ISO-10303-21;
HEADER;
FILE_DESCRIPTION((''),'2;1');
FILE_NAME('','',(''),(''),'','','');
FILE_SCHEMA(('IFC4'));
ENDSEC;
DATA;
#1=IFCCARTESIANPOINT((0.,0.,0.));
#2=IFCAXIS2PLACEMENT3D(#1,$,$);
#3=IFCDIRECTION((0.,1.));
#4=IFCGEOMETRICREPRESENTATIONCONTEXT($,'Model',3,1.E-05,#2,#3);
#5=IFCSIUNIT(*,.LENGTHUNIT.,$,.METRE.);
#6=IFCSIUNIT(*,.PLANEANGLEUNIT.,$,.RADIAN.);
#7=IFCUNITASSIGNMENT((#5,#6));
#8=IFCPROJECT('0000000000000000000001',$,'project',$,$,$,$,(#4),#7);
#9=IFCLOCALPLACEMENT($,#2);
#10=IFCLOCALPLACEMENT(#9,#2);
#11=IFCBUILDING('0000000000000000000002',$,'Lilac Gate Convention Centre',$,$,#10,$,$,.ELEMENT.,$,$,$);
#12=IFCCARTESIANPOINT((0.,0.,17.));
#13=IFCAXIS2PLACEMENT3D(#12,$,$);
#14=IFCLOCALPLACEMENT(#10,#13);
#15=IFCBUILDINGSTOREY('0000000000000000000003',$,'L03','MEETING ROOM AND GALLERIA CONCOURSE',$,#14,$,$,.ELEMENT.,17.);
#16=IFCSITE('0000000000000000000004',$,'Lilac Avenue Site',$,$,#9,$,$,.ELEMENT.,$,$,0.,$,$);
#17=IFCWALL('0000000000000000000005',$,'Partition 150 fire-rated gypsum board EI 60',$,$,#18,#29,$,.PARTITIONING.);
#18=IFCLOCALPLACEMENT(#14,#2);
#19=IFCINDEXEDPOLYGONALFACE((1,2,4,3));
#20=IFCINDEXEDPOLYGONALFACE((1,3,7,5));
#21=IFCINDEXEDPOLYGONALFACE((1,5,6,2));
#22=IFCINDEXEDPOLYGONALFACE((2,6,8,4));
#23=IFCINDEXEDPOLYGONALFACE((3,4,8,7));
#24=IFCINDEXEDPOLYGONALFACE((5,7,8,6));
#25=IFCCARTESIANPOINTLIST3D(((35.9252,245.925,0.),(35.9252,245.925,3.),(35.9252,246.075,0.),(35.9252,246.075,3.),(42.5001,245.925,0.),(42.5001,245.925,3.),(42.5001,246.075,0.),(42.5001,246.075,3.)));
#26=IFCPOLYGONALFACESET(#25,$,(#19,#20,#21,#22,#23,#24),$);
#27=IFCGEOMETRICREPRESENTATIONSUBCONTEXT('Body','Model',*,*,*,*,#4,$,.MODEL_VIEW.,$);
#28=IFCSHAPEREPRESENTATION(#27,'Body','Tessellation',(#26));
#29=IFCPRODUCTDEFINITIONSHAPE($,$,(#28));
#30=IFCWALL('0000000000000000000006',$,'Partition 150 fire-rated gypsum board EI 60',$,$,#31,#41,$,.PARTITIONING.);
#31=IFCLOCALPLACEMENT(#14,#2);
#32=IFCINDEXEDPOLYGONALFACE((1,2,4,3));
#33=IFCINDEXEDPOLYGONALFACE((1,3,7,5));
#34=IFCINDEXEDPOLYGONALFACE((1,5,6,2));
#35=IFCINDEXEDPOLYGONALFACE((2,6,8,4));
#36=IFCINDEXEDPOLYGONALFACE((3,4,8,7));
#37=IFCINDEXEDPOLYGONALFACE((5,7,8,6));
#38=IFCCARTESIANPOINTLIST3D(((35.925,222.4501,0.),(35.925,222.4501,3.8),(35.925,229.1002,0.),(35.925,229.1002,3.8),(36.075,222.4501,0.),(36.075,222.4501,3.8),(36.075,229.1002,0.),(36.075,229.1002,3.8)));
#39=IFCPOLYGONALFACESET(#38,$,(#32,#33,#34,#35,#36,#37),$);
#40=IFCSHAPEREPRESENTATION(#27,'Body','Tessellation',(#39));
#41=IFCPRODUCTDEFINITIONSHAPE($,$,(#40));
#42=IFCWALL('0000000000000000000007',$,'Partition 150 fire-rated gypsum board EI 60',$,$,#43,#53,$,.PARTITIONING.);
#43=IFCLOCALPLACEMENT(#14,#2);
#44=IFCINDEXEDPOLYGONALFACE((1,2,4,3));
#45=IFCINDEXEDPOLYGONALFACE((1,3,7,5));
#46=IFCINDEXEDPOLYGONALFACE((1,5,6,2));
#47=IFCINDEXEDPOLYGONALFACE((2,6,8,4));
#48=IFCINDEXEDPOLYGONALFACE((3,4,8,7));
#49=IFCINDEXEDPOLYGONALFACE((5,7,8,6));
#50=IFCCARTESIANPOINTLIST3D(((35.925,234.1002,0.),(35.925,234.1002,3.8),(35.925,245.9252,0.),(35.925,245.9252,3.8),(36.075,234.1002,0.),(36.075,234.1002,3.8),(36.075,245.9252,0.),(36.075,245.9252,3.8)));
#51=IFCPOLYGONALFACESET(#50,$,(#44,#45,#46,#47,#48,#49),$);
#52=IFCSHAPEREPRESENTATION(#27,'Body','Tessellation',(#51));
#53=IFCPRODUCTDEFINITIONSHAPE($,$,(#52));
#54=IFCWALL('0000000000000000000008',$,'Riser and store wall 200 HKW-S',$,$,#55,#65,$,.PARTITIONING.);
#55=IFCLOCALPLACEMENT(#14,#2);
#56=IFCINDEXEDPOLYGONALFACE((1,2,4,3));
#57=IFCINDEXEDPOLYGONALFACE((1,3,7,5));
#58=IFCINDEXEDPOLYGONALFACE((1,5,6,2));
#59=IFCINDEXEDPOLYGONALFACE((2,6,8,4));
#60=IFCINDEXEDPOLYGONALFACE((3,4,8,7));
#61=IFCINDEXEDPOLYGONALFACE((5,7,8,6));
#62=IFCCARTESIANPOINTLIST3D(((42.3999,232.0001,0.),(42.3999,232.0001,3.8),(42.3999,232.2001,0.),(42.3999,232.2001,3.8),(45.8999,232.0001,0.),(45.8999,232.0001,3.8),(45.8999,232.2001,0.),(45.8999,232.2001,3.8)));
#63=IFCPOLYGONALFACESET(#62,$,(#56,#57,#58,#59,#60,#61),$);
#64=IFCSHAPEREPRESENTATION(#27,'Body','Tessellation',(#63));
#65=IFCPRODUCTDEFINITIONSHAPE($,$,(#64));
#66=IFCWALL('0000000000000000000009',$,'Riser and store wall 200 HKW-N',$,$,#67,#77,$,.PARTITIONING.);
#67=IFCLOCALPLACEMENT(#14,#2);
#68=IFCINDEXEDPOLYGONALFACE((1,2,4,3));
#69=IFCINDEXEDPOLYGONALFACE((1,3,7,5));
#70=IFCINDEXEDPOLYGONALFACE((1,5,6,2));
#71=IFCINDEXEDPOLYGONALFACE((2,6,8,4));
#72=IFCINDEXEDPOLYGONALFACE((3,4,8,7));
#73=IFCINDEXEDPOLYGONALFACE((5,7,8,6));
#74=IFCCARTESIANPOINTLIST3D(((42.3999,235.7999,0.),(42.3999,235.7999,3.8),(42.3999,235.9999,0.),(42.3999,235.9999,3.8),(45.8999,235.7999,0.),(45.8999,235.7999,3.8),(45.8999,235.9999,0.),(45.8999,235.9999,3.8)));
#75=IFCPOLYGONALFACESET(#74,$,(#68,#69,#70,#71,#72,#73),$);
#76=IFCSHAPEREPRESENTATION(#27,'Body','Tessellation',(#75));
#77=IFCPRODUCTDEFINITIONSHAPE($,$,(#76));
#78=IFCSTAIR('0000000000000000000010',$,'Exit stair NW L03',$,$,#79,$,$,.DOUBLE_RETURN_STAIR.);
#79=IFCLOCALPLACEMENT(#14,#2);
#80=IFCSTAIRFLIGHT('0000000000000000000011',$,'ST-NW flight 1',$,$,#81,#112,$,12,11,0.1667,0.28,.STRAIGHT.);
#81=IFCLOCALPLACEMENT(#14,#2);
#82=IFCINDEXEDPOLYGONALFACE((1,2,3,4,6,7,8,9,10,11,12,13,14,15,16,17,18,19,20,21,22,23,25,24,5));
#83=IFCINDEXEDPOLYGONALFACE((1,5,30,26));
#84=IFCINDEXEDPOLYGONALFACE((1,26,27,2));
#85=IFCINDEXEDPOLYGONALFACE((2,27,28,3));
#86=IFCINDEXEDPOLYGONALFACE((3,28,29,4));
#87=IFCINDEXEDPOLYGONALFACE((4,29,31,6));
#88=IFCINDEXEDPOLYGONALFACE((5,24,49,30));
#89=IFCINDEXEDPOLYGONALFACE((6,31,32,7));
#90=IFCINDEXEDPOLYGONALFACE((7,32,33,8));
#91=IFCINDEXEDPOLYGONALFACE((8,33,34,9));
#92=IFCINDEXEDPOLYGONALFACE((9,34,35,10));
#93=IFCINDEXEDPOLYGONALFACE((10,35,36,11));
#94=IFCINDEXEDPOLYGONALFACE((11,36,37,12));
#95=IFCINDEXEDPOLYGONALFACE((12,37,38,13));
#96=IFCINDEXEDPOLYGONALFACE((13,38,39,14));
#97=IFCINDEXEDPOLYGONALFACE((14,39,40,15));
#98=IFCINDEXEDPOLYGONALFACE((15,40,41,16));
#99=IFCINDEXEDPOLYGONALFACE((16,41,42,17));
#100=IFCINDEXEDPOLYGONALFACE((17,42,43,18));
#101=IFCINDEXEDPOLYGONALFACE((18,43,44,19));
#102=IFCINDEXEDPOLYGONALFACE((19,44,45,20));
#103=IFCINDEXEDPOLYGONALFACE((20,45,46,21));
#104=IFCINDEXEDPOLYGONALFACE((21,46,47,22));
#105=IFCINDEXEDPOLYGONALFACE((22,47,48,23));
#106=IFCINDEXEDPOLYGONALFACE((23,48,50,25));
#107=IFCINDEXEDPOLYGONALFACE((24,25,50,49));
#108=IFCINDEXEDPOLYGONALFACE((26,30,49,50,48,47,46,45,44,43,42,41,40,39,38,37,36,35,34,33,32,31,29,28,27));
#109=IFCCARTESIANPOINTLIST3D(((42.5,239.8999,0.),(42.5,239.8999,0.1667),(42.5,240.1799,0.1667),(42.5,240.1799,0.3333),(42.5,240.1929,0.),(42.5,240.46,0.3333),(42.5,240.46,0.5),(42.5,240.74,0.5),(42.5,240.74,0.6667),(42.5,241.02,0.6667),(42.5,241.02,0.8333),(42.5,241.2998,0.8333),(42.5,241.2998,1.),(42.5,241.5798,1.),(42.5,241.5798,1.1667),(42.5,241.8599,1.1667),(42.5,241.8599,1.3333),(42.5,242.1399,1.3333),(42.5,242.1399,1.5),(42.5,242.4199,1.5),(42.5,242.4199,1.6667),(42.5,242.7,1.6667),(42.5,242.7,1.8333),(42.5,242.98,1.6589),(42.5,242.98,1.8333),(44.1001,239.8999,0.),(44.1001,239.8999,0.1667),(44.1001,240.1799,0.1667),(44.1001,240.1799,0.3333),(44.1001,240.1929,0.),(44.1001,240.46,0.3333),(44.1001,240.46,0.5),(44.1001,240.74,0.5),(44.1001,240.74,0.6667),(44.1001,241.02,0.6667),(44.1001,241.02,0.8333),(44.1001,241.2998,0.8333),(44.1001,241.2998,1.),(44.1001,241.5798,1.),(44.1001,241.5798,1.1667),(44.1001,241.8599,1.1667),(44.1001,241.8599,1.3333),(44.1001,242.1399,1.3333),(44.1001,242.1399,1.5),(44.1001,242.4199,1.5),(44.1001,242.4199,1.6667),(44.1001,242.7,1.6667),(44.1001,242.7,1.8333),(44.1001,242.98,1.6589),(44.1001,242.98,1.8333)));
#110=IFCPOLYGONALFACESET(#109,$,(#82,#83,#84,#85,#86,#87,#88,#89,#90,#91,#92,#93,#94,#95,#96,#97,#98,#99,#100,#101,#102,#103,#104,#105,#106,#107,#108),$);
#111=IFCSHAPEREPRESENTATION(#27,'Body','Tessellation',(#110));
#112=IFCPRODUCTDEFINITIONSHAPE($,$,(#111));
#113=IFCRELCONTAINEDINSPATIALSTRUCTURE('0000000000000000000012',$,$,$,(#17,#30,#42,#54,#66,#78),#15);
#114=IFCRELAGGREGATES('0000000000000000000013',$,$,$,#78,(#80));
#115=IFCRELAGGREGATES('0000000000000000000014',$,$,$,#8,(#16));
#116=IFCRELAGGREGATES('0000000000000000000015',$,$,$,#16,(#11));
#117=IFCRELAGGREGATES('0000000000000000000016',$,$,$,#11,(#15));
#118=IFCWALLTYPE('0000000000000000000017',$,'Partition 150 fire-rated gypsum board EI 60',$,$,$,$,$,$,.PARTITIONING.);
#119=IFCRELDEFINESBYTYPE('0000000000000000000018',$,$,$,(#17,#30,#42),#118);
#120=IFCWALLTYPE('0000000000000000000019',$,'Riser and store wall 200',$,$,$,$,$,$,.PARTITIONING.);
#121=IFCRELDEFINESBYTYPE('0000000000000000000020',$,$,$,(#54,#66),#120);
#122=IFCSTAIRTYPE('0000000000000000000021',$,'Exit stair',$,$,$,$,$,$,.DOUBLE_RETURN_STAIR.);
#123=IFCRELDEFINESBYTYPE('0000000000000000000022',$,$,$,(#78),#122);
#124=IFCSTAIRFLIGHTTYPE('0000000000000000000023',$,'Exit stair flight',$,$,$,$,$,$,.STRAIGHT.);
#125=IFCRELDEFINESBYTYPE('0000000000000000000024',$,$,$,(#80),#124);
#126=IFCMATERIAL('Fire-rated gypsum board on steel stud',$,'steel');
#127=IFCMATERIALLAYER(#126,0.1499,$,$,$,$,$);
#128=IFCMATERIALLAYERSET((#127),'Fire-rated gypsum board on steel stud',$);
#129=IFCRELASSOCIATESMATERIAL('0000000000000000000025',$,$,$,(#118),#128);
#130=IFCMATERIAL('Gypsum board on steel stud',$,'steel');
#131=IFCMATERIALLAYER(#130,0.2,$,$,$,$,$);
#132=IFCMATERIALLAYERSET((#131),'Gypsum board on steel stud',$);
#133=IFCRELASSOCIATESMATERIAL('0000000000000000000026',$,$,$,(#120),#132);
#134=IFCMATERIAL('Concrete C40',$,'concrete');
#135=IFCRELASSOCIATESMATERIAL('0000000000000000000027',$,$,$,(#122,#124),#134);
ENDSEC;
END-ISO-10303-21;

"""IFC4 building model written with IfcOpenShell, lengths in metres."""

from ifc_helpers import new_model, si_unit, direction, frame, frame_2d, origin, place, context, subcontext, project, spatial, polyline, rectangle, outline, extrude, material, layer, layer_set, type_object, element, aggregate, save


model = new_model("IFC4")

# Units and contexts
model_context = context("Model", 3, precision=1e-05, world=origin(), true_north=direction((0.0, 1.0)))
body_context = subcontext(model_context, "Body", "Model", "MODEL_VIEW")
ifc_project = project(units=[si_unit("LENGTHUNIT", "METRE"), si_unit("PLANEANGLEUNIT", "RADIAN")], contexts=[model_context])

# Site, building, storey
site_placement = place(None, origin())
site = spatial("IfcSite", under=ifc_project, at=site_placement, Name="Lilac Avenue Site", CompositionType="ELEMENT", RefElevation=0.0)
building_placement = place(site_placement, origin())
building = spatial("IfcBuilding", under=site, at=building_placement, Name="Lilac Gate Convention Centre", CompositionType="ELEMENT")
storey_placement = place(building_placement, frame((0.0, 0.0, 17.0)))
storey = spatial("IfcBuildingStorey", under=building, at=storey_placement, Name="L03", Description="MEETING ROOM AND GALLERIA CONCOURSE", CompositionType="ELEMENT", Elevation=17.0)

# Shared definitions
ifc_material_1 = material(Name="Concrete C40", Category="concrete")

# Walls
ifc_material_2 = material(Name="Fire-rated gypsum board on steel stud", Category="steel")
ifc_layer_1 = layer(ifc_material_2, 0.1499)
ifc_layer_set_1 = layer_set([ifc_layer_1], Name="Fire-rated gypsum board on steel stud")
wall_type_1 = type_object("IfcWallType", Name="Partition 150 fire-rated gypsum board EI 60", PredefinedType="PARTITIONING", material=ifc_layer_set_1)
wall_1_placement = place(storey_placement, frame((35.925, 246.0, 0.0), z_axis=(0.0, 0.0, 1.0), x_axis=(1.0, 0.0, 0.0)))
element("IfcWall", 1, at=wall_1_placement, inside=storey, type_object=wall_type_1, Name="Partition 150 fire-rated gypsum board EI 60", PredefinedType="PARTITIONING", context=body_context, shape_type="SweptSolid", body=[
    extrude(rectangle(XDim=6.575, YDim=0.1499, at=frame_2d((3.2876, 0.0))), origin(), (0.0, 0.0, 1.0), 3.0),
])
wall_2_placement = place(storey_placement, frame((36.0, 222.45, 0.0), z_axis=(0.0, 0.0, 1.0), x_axis=(0.0, 1.0, 0.0)))
element("IfcWall", 2, at=wall_2_placement, inside=storey, type_object=wall_type_1, Name="Partition 150 fire-rated gypsum board EI 60", PredefinedType="PARTITIONING", context=body_context, shape_type="SweptSolid", body=[
    extrude(rectangle(XDim=6.6501, YDim=0.1499, at=frame_2d((3.3252, 0.0))), origin(), (0.0, 0.0, 1.0), 3.8),
])
wall_3_placement = place(storey_placement, frame((36.0, 234.1001, 0.0), z_axis=(0.0, 0.0, 1.0), x_axis=(0.0, 1.0, 0.0)))
element("IfcWall", 3, at=wall_3_placement, inside=storey, type_object=wall_type_1, Name="Partition 150 fire-rated gypsum board EI 60", PredefinedType="PARTITIONING", context=body_context, shape_type="SweptSolid", body=[
    extrude(rectangle(XDim=11.825, YDim=0.1499, at=frame_2d((5.9126, 0.0))), origin(), (0.0, 0.0, 1.0), 3.8),
])
ifc_material_3 = material(Name="Gypsum board on steel stud", Category="steel")
ifc_layer_2 = layer(ifc_material_3, 0.2)
ifc_layer_set_2 = layer_set([ifc_layer_2], Name="Gypsum board on steel stud")
wall_type_2 = type_object("IfcWallType", Name="Riser and store wall 200", PredefinedType="PARTITIONING", material=ifc_layer_set_2)
for number, where, z_axis, x_axis, name in (
    (4, (42.3999, 232.1001, 0.0), (0.0, 0.0, 1.0), (1.0, 0.0, 0.0), "Riser and store wall 200 HKW-S"),
    (5, (42.3999, 235.8999, 0.0), (0.0, 0.0, 1.0), (1.0, 0.0, 0.0), "Riser and store wall 200 HKW-N"),
):
    element("IfcWall", number, at=place(storey_placement, frame(where, z_axis=z_axis, x_axis=x_axis)), inside=storey, type_object=wall_type_2, Name=name, PredefinedType="PARTITIONING", context=body_context, shape_type="SweptSolid", body=[
        extrude(rectangle(XDim=3.5, YDim=0.2, at=frame_2d((1.75, 0.0))), origin(), (0.0, 0.0, 1.0), 3.8),
    ])

# Stair, stair flight
stair_type = type_object("IfcStairType", Name="Exit stair", PredefinedType="DOUBLE_RETURN_STAIR", material=ifc_material_1)
stair_placement = place(storey_placement, origin())
stair = element("IfcStair", 6, at=stair_placement, inside=storey, type_object=stair_type, Name="Exit stair NW L03", PredefinedType="DOUBLE_RETURN_STAIR")
stair_flight_type = type_object("IfcStairFlightType", Name="Exit stair flight", PredefinedType="STRAIGHT", material=ifc_material_1)
stair_flight_placement = place(storey_placement, frame((43.3, 239.8999, 0.0), z_axis=(0.0, 0.0, 1.0), x_axis=(0.0, 1.0, 0.0)))
stair_flight = element("IfcStairFlight", 7, at=stair_flight_placement, type_object=stair_flight_type, Name="ST-NW flight 1", NumberOfRisers=12, NumberOfTreads=11, PredefinedType="STRAIGHT", RiserHeight=0.1667, TreadLength=0.28, context=body_context, shape_type="SweptSolid", body=[
    extrude(outline(polyline([(0.0, 0.0), (0.0, 0.1667), (0.28, 0.1667), (0.28, 0.3333), (0.5601, 0.3333), (0.5601, 0.5), (0.8401, 0.5), (0.8401, 0.6667), (1.1201, 0.6667), (1.1201, 0.8333), (1.3999, 0.8333), (1.3999, 1.0), (1.6799, 1.0), (1.6799, 1.1667), (1.96, 1.1667), (1.96, 1.3333), (2.24, 1.3333), (2.24, 1.5), (2.52, 1.5), (2.52, 1.6667), (2.8, 1.6667), (2.8, 1.8333), (3.0801, 1.8333), (3.0801, 2.0), (3.0801, 1.6589), (0.293, 0.0), (0.0, 0.0)])), frame((0.0, 0.8, 0.0), z_axis=(0.0, -1.0, 0.0), x_axis=(1.0, 0.0, 0.0)), (0.0, 0.0, 1.0), 1.6001),
])
aggregate(stair, [stair_flight])

save(model, "model.ifc")
